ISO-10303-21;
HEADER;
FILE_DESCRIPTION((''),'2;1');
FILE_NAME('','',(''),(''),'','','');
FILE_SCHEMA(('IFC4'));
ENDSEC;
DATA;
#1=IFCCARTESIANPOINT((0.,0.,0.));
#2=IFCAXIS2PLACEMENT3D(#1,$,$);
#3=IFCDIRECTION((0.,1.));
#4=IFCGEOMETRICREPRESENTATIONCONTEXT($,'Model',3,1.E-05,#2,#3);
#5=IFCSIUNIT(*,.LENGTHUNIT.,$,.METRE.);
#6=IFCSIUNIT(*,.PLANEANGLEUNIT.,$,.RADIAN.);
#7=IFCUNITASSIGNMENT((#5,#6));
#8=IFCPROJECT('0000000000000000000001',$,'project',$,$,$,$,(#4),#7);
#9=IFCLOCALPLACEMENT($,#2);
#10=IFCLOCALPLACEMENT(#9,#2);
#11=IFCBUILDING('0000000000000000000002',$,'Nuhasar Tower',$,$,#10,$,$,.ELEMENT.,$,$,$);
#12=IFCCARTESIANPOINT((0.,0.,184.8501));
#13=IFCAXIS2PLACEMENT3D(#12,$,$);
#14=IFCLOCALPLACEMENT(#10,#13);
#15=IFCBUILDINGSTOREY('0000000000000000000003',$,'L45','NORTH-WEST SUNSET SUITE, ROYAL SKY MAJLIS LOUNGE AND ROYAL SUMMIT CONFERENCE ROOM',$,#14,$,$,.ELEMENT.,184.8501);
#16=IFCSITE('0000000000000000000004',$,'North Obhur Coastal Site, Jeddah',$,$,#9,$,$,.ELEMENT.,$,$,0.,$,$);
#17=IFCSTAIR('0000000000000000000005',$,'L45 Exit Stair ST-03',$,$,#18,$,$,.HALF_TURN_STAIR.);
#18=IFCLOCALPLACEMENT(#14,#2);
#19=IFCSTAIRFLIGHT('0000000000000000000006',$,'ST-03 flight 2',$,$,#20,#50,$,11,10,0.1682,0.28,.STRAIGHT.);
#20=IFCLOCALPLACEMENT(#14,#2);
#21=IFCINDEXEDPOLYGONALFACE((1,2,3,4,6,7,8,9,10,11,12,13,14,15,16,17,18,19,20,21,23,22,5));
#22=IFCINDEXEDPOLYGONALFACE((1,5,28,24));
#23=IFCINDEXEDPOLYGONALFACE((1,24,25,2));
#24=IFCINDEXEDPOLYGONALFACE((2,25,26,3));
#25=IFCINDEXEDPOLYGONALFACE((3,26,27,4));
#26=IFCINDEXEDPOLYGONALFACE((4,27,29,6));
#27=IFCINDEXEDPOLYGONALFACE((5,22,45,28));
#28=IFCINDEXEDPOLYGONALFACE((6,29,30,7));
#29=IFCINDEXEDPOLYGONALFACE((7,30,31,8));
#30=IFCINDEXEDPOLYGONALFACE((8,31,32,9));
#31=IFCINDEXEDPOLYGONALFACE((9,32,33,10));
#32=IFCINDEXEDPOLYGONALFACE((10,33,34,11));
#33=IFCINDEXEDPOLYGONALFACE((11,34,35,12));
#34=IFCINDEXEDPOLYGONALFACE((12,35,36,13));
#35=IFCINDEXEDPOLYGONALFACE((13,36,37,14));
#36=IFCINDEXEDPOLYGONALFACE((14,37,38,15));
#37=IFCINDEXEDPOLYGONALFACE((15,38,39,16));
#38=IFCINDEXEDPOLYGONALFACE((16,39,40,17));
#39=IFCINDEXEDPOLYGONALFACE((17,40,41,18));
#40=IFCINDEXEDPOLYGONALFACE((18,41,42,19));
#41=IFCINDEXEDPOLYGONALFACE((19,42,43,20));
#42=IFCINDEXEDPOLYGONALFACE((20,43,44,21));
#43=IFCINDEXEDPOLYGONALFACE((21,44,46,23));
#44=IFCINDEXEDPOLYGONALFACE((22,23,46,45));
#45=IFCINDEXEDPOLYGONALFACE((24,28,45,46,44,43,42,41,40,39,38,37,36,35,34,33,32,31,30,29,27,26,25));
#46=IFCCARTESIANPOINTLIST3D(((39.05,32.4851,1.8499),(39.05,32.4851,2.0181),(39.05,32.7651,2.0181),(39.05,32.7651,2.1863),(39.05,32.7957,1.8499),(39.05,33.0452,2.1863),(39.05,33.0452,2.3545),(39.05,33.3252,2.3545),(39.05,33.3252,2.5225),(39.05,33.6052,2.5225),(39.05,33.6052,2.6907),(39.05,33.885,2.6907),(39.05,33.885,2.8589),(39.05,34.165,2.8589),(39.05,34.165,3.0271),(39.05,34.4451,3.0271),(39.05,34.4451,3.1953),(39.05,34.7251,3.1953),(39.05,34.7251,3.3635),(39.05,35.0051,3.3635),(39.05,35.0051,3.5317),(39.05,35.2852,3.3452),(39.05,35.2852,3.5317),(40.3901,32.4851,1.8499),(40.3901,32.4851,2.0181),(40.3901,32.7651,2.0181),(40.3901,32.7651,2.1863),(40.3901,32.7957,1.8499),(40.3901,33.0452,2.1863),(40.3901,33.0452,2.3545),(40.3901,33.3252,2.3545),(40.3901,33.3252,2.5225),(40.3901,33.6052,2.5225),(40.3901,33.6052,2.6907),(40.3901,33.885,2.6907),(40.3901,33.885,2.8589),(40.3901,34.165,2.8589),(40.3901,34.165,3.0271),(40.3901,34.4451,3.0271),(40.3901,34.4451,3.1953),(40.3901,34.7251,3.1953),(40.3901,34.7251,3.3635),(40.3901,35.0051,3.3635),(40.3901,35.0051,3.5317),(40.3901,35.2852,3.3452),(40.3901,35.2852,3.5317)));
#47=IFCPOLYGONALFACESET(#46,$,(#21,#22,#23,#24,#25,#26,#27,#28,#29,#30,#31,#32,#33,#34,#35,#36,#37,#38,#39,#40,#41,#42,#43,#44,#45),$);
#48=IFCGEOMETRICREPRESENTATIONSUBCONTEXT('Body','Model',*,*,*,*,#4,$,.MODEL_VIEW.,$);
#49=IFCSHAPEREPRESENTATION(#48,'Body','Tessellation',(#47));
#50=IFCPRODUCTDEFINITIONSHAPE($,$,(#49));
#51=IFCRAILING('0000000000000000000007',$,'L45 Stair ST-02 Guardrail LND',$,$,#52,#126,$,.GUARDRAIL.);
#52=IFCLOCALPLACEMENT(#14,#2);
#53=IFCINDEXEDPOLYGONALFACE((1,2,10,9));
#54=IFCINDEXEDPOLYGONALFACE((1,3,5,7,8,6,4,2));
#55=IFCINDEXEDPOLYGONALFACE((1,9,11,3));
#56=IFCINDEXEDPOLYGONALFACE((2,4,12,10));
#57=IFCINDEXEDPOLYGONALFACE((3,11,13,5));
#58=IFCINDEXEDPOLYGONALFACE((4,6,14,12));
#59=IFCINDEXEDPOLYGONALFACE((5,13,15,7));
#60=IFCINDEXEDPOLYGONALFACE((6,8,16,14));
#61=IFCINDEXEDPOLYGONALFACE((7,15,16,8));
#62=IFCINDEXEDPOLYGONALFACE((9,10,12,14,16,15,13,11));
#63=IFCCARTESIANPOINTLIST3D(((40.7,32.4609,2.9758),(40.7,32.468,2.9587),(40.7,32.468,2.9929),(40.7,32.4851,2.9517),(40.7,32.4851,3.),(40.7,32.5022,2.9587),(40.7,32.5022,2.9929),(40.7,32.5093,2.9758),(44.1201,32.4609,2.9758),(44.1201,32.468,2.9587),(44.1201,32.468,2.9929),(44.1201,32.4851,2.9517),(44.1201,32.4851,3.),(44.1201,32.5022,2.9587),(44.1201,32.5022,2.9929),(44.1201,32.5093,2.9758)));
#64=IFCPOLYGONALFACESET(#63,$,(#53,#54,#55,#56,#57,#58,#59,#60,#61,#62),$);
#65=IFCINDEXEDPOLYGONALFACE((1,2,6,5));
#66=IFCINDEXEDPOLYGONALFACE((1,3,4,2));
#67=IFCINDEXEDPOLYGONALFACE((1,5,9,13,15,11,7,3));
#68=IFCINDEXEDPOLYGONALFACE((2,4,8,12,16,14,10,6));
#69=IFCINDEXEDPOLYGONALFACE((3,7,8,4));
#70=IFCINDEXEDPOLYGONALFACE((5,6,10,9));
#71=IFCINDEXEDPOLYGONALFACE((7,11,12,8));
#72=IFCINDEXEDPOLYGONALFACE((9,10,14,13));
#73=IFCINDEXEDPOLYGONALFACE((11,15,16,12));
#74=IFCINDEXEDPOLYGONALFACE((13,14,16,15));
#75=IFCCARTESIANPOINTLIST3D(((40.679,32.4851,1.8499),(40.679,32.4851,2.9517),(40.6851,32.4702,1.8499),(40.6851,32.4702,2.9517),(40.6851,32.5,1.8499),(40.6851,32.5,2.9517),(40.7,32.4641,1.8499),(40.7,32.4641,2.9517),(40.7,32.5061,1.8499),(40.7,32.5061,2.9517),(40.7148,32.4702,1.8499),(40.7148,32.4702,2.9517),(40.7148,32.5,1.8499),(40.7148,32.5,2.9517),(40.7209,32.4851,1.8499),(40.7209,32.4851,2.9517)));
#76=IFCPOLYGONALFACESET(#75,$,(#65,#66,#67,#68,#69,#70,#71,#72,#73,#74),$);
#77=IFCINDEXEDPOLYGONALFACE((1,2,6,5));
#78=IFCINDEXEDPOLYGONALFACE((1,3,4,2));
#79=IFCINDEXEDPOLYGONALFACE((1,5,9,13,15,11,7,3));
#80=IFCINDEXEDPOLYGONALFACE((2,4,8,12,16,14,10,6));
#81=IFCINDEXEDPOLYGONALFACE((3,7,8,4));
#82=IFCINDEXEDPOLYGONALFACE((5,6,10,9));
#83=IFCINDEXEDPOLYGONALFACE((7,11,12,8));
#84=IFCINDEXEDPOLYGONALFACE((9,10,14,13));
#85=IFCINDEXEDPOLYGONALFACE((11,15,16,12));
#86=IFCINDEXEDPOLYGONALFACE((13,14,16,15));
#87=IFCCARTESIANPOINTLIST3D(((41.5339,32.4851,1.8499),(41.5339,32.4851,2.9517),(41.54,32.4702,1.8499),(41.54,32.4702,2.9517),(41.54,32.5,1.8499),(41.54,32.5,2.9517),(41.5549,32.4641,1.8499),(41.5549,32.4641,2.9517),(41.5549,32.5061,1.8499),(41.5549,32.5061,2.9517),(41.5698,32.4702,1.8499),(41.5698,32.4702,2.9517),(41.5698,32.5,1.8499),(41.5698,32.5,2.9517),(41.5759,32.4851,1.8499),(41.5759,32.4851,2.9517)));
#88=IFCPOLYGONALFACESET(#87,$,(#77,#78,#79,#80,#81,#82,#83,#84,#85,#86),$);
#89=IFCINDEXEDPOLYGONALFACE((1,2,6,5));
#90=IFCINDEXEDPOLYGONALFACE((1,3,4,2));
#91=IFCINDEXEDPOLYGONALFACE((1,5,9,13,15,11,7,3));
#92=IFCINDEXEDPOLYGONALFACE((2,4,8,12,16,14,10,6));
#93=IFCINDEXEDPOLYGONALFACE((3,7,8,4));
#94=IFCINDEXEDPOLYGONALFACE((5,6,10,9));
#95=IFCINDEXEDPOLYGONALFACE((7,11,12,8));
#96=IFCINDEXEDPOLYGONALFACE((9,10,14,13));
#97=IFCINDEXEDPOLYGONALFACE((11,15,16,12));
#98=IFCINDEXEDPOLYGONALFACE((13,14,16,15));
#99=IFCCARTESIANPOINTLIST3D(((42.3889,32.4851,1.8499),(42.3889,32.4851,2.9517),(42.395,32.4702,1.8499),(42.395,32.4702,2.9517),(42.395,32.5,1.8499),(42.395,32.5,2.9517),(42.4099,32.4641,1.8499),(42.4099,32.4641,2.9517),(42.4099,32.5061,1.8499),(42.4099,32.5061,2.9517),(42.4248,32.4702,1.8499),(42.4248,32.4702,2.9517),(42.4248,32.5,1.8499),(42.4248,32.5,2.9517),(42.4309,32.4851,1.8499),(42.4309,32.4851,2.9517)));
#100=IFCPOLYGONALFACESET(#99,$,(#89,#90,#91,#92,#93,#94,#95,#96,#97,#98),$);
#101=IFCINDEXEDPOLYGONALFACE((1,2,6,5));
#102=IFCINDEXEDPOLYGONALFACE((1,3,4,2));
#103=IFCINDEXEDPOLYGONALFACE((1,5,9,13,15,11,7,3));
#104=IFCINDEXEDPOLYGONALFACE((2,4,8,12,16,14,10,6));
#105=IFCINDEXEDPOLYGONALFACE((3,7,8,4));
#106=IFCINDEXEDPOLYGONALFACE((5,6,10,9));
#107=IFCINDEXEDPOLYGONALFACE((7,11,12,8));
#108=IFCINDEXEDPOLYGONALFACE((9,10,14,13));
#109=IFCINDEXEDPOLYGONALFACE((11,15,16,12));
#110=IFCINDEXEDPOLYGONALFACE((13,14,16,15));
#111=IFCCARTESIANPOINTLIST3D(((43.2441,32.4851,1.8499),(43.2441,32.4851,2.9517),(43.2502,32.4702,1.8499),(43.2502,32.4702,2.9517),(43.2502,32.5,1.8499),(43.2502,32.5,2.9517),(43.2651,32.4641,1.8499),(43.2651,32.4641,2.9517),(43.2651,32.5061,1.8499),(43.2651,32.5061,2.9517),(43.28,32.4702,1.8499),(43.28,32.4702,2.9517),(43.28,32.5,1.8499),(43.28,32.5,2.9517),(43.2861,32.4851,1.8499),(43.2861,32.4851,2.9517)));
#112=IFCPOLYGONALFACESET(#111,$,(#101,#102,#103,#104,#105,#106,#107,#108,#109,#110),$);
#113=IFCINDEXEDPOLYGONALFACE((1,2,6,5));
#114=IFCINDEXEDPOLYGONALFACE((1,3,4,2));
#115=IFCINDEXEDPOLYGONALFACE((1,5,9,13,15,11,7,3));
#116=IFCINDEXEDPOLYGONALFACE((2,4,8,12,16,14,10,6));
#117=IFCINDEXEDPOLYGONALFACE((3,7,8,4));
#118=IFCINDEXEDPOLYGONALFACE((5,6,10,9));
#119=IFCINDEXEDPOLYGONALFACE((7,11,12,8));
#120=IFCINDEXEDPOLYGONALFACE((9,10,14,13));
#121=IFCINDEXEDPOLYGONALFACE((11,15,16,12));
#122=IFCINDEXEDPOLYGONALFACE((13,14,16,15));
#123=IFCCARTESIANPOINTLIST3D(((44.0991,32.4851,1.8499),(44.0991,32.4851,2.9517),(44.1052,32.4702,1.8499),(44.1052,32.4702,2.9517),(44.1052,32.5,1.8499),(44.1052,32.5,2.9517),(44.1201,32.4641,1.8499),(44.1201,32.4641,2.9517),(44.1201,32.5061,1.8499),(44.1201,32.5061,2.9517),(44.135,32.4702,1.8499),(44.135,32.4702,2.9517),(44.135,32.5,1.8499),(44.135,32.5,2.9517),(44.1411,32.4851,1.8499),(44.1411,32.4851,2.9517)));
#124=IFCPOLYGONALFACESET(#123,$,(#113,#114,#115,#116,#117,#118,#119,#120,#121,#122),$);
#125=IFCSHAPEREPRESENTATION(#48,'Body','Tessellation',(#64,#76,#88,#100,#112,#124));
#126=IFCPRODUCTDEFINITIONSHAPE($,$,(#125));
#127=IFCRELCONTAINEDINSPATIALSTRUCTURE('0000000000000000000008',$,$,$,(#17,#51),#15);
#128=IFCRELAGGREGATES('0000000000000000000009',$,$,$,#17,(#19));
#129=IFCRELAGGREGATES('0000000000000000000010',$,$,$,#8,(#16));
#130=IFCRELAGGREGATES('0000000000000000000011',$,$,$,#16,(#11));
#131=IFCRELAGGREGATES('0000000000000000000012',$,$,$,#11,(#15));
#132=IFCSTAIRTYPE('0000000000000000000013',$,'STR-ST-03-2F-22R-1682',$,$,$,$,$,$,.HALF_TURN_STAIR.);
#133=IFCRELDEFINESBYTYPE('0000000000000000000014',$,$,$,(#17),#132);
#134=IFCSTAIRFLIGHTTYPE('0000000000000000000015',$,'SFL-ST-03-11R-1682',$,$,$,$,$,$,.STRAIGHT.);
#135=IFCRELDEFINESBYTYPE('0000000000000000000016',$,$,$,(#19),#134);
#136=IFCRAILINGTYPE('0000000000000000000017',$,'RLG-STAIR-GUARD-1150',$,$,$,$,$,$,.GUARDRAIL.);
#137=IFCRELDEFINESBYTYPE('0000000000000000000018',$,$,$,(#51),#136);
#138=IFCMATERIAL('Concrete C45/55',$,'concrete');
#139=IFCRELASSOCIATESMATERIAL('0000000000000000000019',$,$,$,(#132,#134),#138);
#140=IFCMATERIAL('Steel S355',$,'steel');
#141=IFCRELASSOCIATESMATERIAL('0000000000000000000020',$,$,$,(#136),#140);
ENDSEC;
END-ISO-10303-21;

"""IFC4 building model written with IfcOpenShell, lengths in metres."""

from ifc_helpers import new_model, si_unit, direction, frame, origin, place, context, subcontext, project, spatial, polyline, outline, extrude, material, type_object, element, aggregate, save


model = new_model("IFC4")

# Units and contexts
model_context = context("Model", 3, precision=1e-05, world=origin(), true_north=direction((0.0, 1.0)))
body_context = subcontext(model_context, "Body", "Model", "MODEL_VIEW")
ifc_project = project(units=[si_unit("LENGTHUNIT", "METRE"), si_unit("PLANEANGLEUNIT", "RADIAN")], contexts=[model_context])

# Site, building, storey
site_placement = place(None, origin())
site = spatial("IfcSite", under=ifc_project, at=site_placement, Name="North Obhur Coastal Site, Jeddah", CompositionType="ELEMENT", RefElevation=0.0)
building_placement = place(site_placement, origin())
building = spatial("IfcBuilding", under=site, at=building_placement, Name="Nuhasar Tower", CompositionType="ELEMENT")
storey_placement = place(building_placement, frame((0.0, 0.0, 184.8501)))
storey = spatial("IfcBuildingStorey", under=building, at=storey_placement, Name="L45", Description="NORTH-WEST SUNSET SUITE, ROYAL SKY MAJLIS LOUNGE AND ROYAL SUMMIT CONFERENCE ROOM", CompositionType="ELEMENT", Elevation=184.8501)

# Shared definitions
ifc_material_1 = material(Name="Steel S355", Category="steel")

# Shared definitions
ifc_material_2 = material(Name="Concrete C45/55", Category="concrete")

# Stair, stair flight
stair_type_1 = type_object("IfcStairType", Name="STR-ST-03-2F-22R-1682", PredefinedType="HALF_TURN_STAIR", material=ifc_material_2)
stair_1_placement = place(storey_placement, origin())
stair_1 = element("IfcStair", 1, at=stair_1_placement, inside=storey, type_object=stair_type_1, Name="L45 Exit Stair ST-03", PredefinedType="HALF_TURN_STAIR")
stair_flight_type_1 = type_object("IfcStairFlightType", Name="SFL-ST-03-11R-1682", PredefinedType="STRAIGHT", material=ifc_material_2)
stair_flight_1_placement = place(storey_placement, frame((39.72, 32.4851, 1.8499), z_axis=(0.0, 0.0, 1.0), x_axis=(0.0, 1.0, 0.0)))
stair_flight_1 = element("IfcStairFlight", 2, at=stair_flight_1_placement, type_object=stair_flight_type_1, Name="ST-03 flight 2", NumberOfRisers=11, NumberOfTreads=10, PredefinedType="STRAIGHT", RiserHeight=0.1682, TreadLength=0.28, context=body_context, shape_type="SweptSolid", body=[
    extrude(outline(polyline([(0.0, 0.0), (0.0, 0.1682), (0.28, 0.1682), (0.28, 0.3364), (0.5601, 0.3364), (0.5601, 0.5046), (0.8401, 0.5046), (0.8401, 0.6726), (1.1201, 0.6726), (1.1201, 0.8408), (1.3999, 0.8408), (1.3999, 1.009), (1.6799, 1.009), (1.6799, 1.1772), (1.96, 1.1772), (1.96, 1.3455), (2.24, 1.3455), (2.24, 1.5137), (2.52, 1.5137), (2.52, 1.6819), (2.8, 1.6819), (2.8, 1.8501), (2.8, 1.4954), (0.3105, 0.0), (0.0, 0.0)])), frame((0.0, 0.6699, 0.0), z_axis=(0.0, -1.0, 0.0), x_axis=(1.0, 0.0, 0.0)), (0.0, 0.0, 1.0), 1.3401),
])
aggregate(stair_1, [stair_flight_1])

# Railing
railing_type_1 = type_object("IfcRailingType", Name="RLG-STAIR-GUARD-1150", PredefinedType="GUARDRAIL", material=ifc_material_1)
railing_1_placement = place(storey_placement, frame((40.7, 32.4851, 1.8499)))
element("IfcRailing", 3, at=railing_1_placement, inside=storey, type_object=railing_type_1, Name="L45 Stair ST-02 Guardrail LND", PredefinedType="GUARDRAIL", context=body_context, shape_type="SweptSolid", body=[
    extrude(outline(polyline([(0.0242, 0.0), (0.0171, 0.0171), (0.0, 0.0242), (-0.0171, 0.0171), (-0.0242, 0.0), (-0.0171, -0.0171), (0.0, -0.0242), (0.0171, -0.0171), (0.0242, 0.0)])), frame((0.0, 0.0, 1.126), z_axis=(1.0, 0.0, 0.0), x_axis=(0.0, 1.0, 0.0)), (0.0, 0.0, 1.0), 3.4202),
    extrude(outline(polyline([(0.021, 0.0), (0.0149, 0.0149), (0.0, 0.021), (-0.0149, 0.0149), (-0.021, 0.0), (-0.0149, -0.0149), (0.0, -0.021), (0.0149, -0.0149), (0.021, 0.0)])), origin(), (0.0, 0.0, 1.0), 1.1018),
    extrude(outline(polyline([(0.021, 0.0), (0.0149, 0.0149), (0.0, 0.021), (-0.0149, 0.0149), (-0.021, 0.0), (-0.0149, -0.0149), (0.0, -0.021), (0.0149, -0.0149), (0.021, 0.0)])), frame((0.855, 0.0, 0.0)), (0.0, 0.0, 1.0), 1.1018),
    extrude(outline(polyline([(0.021, 0.0), (0.0149, 0.0149), (0.0, 0.021), (-0.0149, 0.0149), (-0.021, 0.0), (-0.0149, -0.0149), (0.0, -0.021), (0.0149, -0.0149), (0.021, 0.0)])), frame((1.71, 0.0, 0.0)), (0.0, 0.0, 1.0), 1.1018),
    extrude(outline(polyline([(0.021, 0.0), (0.0149, 0.0149), (0.0, 0.021), (-0.0149, 0.0149), (-0.021, 0.0), (-0.0149, -0.0149), (0.0, -0.021), (0.0149, -0.0149), (0.021, 0.0)])), frame((2.5652, 0.0, 0.0)), (0.0, 0.0, 1.0), 1.1018),
    extrude(outline(polyline([(0.021, 0.0), (0.0149, 0.0149), (0.0, 0.021), (-0.0149, 0.0149), (-0.021, 0.0), (-0.0149, -0.0149), (0.0, -0.021), (0.0149, -0.0149), (0.021, 0.0)])), frame((3.4202, 0.0, 0.0)), (0.0, 0.0, 1.0), 1.1018),
])

save(model, "model.ifc")
